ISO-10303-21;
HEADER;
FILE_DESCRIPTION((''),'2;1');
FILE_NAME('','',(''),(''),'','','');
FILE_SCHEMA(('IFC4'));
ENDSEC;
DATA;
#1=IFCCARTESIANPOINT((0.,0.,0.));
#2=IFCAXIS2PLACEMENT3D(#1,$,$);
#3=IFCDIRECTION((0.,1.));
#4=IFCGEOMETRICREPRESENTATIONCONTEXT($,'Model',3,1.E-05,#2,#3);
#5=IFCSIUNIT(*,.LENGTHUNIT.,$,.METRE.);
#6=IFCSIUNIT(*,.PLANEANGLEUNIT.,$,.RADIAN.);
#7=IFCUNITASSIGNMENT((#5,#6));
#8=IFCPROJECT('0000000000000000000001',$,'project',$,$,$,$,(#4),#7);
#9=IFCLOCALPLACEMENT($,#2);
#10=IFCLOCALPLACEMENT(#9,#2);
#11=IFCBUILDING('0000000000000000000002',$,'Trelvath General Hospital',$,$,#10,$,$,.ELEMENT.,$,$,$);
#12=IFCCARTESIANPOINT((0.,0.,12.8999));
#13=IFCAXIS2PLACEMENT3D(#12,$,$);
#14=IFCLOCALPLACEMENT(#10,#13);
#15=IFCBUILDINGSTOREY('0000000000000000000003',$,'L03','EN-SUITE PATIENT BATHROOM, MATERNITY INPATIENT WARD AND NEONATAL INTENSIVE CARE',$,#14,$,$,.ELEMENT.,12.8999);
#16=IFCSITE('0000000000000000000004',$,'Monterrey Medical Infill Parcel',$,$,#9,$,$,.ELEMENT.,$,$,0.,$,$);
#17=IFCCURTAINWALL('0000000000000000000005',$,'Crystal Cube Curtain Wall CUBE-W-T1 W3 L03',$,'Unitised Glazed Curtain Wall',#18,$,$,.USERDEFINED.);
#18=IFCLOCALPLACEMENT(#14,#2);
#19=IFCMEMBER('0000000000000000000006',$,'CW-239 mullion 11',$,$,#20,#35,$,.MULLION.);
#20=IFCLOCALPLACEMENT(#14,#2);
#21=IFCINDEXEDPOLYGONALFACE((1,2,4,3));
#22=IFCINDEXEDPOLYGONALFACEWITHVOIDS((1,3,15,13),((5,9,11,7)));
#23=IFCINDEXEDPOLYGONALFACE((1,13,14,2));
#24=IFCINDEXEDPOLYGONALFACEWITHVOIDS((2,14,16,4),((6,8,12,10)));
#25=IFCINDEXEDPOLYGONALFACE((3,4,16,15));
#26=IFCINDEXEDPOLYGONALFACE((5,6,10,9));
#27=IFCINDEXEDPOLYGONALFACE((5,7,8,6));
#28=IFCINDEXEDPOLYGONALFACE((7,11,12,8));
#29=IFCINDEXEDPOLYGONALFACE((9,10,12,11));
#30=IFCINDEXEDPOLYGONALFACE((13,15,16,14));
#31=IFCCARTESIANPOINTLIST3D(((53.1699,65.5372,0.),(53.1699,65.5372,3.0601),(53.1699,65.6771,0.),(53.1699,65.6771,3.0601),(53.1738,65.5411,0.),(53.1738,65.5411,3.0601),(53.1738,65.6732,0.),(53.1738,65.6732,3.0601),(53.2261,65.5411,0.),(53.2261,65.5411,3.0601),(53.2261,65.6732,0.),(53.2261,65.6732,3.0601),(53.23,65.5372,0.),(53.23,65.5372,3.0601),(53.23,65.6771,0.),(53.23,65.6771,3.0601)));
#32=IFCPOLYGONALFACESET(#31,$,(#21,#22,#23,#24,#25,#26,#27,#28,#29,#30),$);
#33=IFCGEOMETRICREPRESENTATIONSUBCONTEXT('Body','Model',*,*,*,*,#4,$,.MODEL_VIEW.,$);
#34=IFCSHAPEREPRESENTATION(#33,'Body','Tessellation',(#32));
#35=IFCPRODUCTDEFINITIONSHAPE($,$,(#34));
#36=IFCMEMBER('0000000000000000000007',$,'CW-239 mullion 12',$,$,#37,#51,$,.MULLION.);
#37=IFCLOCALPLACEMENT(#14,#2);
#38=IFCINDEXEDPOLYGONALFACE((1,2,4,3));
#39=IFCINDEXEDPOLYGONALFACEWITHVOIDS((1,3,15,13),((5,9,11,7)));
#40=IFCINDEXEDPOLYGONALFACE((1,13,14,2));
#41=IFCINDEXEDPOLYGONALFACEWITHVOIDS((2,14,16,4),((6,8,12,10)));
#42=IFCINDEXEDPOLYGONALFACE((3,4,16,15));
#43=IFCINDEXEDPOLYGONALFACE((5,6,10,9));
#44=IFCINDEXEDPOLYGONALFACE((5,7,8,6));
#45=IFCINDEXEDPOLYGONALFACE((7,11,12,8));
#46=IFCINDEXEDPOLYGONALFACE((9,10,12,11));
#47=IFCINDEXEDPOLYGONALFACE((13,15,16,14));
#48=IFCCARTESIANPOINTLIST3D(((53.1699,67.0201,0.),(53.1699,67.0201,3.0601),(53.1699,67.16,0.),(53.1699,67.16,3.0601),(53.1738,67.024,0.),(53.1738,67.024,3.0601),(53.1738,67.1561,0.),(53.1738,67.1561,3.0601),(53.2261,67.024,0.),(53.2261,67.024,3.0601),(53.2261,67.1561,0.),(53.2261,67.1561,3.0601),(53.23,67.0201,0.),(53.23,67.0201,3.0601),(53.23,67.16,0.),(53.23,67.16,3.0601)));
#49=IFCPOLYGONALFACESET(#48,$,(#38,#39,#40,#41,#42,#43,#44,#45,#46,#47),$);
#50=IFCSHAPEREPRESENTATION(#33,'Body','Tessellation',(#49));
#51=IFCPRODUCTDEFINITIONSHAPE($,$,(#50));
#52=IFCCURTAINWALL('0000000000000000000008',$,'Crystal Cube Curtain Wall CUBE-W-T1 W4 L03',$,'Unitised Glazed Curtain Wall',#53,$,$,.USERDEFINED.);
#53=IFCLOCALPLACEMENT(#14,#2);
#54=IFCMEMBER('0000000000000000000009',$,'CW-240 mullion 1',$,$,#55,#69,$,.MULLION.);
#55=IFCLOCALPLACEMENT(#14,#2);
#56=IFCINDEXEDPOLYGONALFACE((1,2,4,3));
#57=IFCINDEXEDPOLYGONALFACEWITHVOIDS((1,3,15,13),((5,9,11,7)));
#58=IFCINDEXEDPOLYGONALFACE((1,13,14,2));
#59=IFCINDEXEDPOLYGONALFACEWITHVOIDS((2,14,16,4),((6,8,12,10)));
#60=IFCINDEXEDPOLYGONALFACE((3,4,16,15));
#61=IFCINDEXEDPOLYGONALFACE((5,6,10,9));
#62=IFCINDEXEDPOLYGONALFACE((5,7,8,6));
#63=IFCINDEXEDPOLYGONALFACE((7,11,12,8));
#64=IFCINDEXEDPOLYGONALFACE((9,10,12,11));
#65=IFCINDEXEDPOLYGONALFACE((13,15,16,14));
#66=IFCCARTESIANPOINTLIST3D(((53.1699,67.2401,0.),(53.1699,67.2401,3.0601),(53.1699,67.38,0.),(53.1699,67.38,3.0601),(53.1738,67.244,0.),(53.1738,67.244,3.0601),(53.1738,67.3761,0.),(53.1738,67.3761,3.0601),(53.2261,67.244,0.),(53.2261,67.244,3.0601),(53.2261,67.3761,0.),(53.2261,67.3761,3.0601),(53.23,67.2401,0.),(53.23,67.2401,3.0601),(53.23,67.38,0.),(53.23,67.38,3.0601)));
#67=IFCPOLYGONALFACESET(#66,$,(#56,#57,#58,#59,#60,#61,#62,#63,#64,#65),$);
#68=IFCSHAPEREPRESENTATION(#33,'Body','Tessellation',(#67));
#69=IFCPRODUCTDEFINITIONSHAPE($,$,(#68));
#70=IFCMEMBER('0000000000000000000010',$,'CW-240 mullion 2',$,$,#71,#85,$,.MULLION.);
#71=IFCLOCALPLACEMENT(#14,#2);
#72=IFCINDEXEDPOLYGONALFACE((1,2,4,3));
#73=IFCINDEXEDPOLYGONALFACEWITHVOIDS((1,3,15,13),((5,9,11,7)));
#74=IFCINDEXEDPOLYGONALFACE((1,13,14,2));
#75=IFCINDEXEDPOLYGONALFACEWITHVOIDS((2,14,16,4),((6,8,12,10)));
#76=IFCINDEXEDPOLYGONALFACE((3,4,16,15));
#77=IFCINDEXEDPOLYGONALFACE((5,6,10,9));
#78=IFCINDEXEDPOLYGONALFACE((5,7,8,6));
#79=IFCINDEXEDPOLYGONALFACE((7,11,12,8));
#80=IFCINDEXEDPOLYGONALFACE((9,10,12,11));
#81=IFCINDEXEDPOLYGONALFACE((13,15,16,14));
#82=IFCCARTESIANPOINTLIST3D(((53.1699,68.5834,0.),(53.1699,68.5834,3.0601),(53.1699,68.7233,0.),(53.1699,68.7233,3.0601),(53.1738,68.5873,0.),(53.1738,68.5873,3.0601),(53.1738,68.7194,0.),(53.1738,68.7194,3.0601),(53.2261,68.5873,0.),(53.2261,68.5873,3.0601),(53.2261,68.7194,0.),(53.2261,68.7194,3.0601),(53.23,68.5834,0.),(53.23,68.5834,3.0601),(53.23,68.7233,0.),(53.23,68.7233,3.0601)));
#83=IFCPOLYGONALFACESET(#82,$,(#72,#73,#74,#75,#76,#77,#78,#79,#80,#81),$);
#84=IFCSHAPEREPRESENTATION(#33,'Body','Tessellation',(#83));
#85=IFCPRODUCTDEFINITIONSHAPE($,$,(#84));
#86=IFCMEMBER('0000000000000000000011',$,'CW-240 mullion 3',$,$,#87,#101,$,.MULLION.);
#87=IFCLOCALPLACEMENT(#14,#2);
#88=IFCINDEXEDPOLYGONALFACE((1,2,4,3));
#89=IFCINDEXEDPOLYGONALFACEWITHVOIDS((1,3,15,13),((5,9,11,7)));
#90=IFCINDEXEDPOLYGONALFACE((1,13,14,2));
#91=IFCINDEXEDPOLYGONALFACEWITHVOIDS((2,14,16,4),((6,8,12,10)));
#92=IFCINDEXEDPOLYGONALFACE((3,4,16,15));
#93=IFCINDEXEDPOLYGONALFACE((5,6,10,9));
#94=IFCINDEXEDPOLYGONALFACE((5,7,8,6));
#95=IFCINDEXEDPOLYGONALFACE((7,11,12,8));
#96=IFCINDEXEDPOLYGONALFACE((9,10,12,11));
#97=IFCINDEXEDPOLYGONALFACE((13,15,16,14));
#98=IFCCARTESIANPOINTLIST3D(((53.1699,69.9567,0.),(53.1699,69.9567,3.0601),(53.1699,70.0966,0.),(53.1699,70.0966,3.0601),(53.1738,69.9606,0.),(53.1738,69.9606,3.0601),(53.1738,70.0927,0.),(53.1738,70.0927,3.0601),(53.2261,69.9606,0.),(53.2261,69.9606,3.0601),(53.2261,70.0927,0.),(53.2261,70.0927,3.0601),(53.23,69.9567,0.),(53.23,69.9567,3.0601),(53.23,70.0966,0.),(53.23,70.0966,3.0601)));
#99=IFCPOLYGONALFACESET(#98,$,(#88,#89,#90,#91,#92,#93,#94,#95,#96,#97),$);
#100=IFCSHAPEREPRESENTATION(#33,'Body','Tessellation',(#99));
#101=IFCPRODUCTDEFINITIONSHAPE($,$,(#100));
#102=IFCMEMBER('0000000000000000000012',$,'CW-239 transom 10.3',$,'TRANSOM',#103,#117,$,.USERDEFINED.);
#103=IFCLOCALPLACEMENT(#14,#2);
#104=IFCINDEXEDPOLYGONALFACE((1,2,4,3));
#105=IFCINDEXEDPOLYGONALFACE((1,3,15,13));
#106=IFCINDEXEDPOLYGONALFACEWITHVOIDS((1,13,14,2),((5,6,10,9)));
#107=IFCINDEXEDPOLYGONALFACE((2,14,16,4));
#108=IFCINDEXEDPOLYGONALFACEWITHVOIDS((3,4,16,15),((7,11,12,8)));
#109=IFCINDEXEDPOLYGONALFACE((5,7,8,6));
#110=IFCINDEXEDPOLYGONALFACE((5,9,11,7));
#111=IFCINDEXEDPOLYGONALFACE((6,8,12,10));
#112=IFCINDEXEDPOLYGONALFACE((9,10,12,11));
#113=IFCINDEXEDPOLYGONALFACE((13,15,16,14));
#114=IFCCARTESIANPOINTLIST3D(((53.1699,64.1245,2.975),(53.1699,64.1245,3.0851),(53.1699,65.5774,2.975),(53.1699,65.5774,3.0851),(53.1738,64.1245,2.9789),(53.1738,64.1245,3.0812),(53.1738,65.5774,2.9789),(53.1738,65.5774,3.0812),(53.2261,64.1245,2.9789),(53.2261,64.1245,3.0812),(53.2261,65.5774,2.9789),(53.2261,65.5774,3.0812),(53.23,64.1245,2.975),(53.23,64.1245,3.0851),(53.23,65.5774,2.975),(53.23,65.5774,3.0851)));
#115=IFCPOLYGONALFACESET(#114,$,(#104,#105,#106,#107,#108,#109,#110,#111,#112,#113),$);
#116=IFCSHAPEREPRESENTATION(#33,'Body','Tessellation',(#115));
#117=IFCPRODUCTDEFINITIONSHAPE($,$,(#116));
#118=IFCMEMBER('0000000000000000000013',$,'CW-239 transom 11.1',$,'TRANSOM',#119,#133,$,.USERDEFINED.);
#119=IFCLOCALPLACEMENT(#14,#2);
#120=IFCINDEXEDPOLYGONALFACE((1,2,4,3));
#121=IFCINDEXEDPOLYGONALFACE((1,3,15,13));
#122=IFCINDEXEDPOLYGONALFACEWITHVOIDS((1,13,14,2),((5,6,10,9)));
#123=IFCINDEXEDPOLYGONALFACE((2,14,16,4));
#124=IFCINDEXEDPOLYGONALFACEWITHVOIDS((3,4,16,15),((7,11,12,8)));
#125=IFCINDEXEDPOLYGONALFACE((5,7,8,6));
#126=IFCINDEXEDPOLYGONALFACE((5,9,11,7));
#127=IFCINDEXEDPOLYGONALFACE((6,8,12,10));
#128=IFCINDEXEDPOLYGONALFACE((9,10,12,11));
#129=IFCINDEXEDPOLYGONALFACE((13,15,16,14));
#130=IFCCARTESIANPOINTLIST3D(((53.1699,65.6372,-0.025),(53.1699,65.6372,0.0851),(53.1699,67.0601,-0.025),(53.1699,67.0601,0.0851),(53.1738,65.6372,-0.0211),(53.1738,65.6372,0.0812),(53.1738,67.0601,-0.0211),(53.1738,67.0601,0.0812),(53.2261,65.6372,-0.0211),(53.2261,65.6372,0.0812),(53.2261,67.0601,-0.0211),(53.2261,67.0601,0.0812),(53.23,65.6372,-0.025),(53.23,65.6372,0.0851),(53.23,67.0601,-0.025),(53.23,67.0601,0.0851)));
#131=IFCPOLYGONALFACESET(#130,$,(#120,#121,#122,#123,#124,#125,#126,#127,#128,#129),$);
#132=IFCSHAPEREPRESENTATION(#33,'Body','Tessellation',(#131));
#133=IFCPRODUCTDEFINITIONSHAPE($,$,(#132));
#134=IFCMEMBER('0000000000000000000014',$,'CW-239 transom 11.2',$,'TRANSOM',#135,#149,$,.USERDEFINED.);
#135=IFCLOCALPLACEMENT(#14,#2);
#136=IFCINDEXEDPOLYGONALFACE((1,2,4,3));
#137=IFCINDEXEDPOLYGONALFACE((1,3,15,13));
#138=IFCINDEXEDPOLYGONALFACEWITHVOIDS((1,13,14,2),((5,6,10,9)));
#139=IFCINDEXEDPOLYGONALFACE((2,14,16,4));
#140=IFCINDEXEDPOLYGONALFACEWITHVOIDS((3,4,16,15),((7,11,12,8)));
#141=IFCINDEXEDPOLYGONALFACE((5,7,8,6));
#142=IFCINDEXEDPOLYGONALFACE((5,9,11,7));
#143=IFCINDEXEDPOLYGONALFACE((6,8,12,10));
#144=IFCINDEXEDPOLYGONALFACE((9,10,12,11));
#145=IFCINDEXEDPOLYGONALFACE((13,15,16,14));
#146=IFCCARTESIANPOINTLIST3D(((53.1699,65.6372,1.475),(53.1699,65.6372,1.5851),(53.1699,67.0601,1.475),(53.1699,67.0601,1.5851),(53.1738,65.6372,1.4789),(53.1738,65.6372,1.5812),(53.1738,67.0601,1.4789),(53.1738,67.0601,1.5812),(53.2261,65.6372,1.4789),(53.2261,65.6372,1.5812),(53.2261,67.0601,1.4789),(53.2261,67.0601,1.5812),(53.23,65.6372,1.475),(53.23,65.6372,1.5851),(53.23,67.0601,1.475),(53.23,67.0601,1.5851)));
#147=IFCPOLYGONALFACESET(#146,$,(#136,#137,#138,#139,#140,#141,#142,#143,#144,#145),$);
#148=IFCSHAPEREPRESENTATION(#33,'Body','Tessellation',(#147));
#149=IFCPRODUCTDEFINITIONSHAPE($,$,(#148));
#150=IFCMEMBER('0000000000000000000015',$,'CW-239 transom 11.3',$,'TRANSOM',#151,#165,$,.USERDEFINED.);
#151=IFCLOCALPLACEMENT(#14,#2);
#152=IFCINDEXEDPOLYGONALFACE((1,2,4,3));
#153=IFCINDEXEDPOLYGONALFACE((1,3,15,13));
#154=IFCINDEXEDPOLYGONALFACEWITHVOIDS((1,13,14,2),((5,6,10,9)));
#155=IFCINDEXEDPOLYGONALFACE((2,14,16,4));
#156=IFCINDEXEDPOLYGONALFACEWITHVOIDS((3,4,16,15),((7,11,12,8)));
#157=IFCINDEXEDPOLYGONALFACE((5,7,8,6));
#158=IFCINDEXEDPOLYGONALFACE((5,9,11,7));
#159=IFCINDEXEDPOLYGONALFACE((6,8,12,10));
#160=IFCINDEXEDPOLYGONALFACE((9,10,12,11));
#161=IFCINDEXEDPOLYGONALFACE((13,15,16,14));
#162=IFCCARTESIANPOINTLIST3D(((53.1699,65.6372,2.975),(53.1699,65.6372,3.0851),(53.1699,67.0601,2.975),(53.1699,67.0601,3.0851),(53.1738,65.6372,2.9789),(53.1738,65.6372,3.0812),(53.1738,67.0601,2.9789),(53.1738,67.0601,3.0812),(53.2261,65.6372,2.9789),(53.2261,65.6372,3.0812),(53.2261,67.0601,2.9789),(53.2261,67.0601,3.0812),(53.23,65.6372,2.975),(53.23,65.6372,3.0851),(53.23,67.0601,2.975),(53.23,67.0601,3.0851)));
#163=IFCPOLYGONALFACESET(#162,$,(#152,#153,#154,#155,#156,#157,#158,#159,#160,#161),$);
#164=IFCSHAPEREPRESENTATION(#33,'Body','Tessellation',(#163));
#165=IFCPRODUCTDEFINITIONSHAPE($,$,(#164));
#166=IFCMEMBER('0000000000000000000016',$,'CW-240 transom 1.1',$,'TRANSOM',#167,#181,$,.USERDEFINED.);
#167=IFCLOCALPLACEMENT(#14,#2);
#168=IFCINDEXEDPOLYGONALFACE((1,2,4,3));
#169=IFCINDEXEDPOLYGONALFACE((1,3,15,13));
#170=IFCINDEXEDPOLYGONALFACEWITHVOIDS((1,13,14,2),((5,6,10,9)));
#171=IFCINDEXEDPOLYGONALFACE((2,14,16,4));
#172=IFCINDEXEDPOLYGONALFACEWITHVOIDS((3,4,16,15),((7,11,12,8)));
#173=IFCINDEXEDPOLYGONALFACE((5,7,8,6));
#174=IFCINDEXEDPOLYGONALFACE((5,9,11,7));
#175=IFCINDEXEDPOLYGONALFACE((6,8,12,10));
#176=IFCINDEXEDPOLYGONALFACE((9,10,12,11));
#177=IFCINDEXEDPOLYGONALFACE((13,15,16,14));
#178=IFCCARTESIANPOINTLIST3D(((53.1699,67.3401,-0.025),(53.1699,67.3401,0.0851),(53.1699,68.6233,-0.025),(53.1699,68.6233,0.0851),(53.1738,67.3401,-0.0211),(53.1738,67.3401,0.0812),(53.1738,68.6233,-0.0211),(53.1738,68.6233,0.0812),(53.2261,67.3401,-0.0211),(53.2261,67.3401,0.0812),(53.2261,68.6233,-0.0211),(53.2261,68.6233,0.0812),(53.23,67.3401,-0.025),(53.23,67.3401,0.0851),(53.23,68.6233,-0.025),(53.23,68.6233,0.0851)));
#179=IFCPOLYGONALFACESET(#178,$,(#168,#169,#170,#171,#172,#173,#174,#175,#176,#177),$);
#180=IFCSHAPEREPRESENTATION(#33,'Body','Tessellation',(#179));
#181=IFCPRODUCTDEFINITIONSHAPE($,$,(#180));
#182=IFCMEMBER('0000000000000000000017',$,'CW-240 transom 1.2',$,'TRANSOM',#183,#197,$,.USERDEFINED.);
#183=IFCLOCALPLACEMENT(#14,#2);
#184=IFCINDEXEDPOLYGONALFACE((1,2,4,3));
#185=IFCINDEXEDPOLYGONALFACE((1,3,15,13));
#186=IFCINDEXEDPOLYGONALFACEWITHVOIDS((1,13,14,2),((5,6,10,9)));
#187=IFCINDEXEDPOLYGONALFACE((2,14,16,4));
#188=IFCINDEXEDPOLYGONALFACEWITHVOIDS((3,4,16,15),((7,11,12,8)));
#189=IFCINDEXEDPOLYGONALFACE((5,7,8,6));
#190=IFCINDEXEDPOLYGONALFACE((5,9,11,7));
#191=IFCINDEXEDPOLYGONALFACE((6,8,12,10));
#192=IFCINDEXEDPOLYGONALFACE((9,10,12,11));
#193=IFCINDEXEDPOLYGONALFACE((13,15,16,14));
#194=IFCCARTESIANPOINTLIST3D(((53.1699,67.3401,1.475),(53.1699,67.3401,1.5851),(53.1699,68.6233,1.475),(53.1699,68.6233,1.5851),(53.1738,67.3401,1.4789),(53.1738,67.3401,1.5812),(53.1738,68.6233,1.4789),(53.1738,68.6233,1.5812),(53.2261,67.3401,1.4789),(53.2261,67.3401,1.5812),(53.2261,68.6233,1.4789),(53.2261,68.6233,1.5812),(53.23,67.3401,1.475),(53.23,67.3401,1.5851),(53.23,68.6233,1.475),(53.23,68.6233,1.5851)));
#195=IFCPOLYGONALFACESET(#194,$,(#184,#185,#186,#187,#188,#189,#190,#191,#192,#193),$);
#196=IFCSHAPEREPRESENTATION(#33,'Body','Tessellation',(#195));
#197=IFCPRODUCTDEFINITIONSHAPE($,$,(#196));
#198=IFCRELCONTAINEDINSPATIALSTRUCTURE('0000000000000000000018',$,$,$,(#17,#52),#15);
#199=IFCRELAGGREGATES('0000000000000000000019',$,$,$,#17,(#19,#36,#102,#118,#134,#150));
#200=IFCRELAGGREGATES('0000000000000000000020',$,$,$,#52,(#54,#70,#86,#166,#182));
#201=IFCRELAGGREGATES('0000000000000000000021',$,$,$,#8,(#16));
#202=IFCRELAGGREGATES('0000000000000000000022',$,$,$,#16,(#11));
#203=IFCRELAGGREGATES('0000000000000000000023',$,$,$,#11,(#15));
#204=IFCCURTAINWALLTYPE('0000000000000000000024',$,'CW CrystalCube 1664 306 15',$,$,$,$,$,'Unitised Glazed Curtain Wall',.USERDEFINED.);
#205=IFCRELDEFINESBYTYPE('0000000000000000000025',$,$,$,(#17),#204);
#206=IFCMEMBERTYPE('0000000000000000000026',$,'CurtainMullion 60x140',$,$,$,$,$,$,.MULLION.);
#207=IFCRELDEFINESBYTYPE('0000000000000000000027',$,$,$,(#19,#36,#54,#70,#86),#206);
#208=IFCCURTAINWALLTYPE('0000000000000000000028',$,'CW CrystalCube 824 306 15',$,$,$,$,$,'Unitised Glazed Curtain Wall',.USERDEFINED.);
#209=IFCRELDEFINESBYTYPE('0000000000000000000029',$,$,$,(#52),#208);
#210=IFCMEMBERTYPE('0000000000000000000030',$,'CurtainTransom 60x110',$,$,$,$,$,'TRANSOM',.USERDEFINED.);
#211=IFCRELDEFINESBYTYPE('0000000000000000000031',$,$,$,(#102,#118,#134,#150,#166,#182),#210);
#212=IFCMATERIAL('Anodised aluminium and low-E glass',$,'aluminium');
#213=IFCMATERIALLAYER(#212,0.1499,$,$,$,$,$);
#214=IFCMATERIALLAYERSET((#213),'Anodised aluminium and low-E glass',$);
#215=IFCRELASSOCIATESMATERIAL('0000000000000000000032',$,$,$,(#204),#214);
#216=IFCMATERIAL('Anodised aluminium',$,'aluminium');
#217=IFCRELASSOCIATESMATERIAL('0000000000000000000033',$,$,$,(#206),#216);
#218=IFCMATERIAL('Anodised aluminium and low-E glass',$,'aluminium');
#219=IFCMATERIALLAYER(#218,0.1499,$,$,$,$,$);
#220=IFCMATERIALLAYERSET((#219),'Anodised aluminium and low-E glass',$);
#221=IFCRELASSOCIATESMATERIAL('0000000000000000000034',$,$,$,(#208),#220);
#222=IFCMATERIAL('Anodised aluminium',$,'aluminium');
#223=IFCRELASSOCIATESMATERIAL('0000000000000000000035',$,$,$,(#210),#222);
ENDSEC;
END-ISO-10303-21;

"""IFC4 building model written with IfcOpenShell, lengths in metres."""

from ifc_helpers import new_model, si_unit, direction, frame, origin, origin_2d, place, context, subcontext, project, spatial, hollow_rectangle, extrude, material, layer, layer_set, material_profile, profile_set, type_object, element, aggregate, save


model = new_model("IFC4")

# Units and contexts
model_context = context("Model", 3, precision=1e-05, world=origin(), true_north=direction((0.0, 1.0)))
body_context = subcontext(model_context, "Body", "Model", "MODEL_VIEW")
ifc_project = project(units=[si_unit("LENGTHUNIT", "METRE"), si_unit("PLANEANGLEUNIT", "RADIAN")], contexts=[model_context])

# Site, building, storey
site_placement = place(None, origin())
site = spatial("IfcSite", under=ifc_project, at=site_placement, Name="Monterrey Medical Infill Parcel", CompositionType="ELEMENT", RefElevation=0.0)
building_placement = place(site_placement, origin())
building = spatial("IfcBuilding", under=site, at=building_placement, Name="Trelvath General Hospital", CompositionType="ELEMENT")
storey_placement = place(building_placement, frame((0.0, 0.0, 12.8999)))
storey = spatial("IfcBuildingStorey", under=building, at=storey_placement, Name="L03", Description="EN-SUITE PATIENT BATHROOM, MATERNITY INPATIENT WARD AND NEONATAL INTENSIVE CARE", CompositionType="ELEMENT", Elevation=12.8999)

# Curtain walls, members
ifc_material_1 = material(Name="Anodised aluminium and low-E glass", Category="aluminium")
ifc_layer_1 = layer(ifc_material_1, 0.1499)
ifc_layer_set_1 = layer_set([ifc_layer_1], Name="Anodised aluminium and low-E glass")
curtain_wall_type_1 = type_object("IfcCurtainWallType", Name="CW CrystalCube 1664 306 15", ElementType="Unitised Glazed Curtain Wall", PredefinedType="USERDEFINED", material=ifc_layer_set_1)
curtain_wall_1_placement = place(storey_placement, origin())
curtain_wall_1 = element("IfcCurtainWall", 1, at=curtain_wall_1_placement, inside=storey, type_object=curtain_wall_type_1, Name="Crystal Cube Curtain Wall CUBE-W-T1 W3 L03", ObjectType="Unitised Glazed Curtain Wall", PredefinedType="USERDEFINED")
ifc_material_2 = material(Name="Anodised aluminium", Category="aluminium")
ifc_material_profile_1 = material_profile(ifc_material_2, hollow_rectangle(XDim=0.0601, YDim=0.1399, WallThickness=0.0039, at=origin_2d()), Name="RHS60x140x4")
ifc_profile_set_1 = profile_set([ifc_material_profile_1], Name="Anodised aluminium")
member_type_1 = type_object("IfcMemberType", Name="CurtainMullion 60x140", PredefinedType="MULLION", material=ifc_profile_set_1)
member_1_placement = place(storey_placement, frame((53.2, 65.6072, 0.0), z_axis=(0.0, 0.0, 1.0), x_axis=(-1.0, 0.0, 0.0)))
member_1 = element("IfcMember", 2, at=member_1_placement, type_object=member_type_1, Name="CW-239 mullion 11", PredefinedType="MULLION", context=body_context, shape_type="SweptSolid", body=[
    extrude(hollow_rectangle(XDim=0.0601, YDim=0.1399, WallThickness=0.0039, at=origin_2d()), origin(), (0.0, 0.0, 1.0), 3.0601),
])
member_2_placement = place(storey_placement, frame((53.2, 67.0901, 0.0), z_axis=(0.0, 0.0, 1.0), x_axis=(-1.0, 0.0, 0.0)))
member_2 = element("IfcMember", 3, at=member_2_placement, type_object=member_type_1, Name="CW-239 mullion 12", PredefinedType="MULLION", context=body_context, shape_type="SweptSolid", body=[
    extrude(hollow_rectangle(XDim=0.0601, YDim=0.1399, WallThickness=0.0039, at=origin_2d()), origin(), (0.0, 0.0, 1.0), 3.0601),
])
ifc_material_3 = material(Name="Anodised aluminium and low-E glass", Category="aluminium")
ifc_layer_2 = layer(ifc_material_3, 0.1499)
ifc_layer_set_2 = layer_set([ifc_layer_2], Name="Anodised aluminium and low-E glass")
curtain_wall_type_2 = type_object("IfcCurtainWallType", Name="CW CrystalCube 824 306 15", ElementType="Unitised Glazed Curtain Wall", PredefinedType="USERDEFINED", material=ifc_layer_set_2)
curtain_wall_2_placement = place(storey_placement, origin())
curtain_wall_2 = element("IfcCurtainWall", 4, at=curtain_wall_2_placement, inside=storey, type_object=curtain_wall_type_2, Name="Crystal Cube Curtain Wall CUBE-W-T1 W4 L03", ObjectType="Unitised Glazed Curtain Wall", PredefinedType="USERDEFINED")
member_3_placement = place(storey_placement, frame((53.2, 67.3101, 0.0), z_axis=(0.0, 0.0, 1.0), x_axis=(-1.0, 0.0, 0.0)))
member_3 = element("IfcMember", 5, at=member_3_placement, type_object=member_type_1, Name="CW-240 mullion 1", PredefinedType="MULLION", context=body_context, shape_type="SweptSolid", body=[
    extrude(hollow_rectangle(XDim=0.0601, YDim=0.1399, WallThickness=0.0039, at=origin_2d()), origin(), (0.0, 0.0, 1.0), 3.0601),
])
member_4_placement = place(storey_placement, frame((53.2, 68.6533, 0.0), z_axis=(0.0, 0.0, 1.0), x_axis=(-1.0, 0.0, 0.0)))
member_4 = element("IfcMember", 6, at=member_4_placement, type_object=member_type_1, Name="CW-240 mullion 2", PredefinedType="MULLION", context=body_context, shape_type="SweptSolid", body=[
    extrude(hollow_rectangle(XDim=0.0601, YDim=0.1399, WallThickness=0.0039, at=origin_2d()), origin(), (0.0, 0.0, 1.0), 3.0601),
])
member_5_placement = place(storey_placement, frame((53.2, 70.0266, 0.0), z_axis=(0.0, 0.0, 1.0), x_axis=(-1.0, 0.0, 0.0)))
member_5 = element("IfcMember", 7, at=member_5_placement, type_object=member_type_1, Name="CW-240 mullion 3", PredefinedType="MULLION", context=body_context, shape_type="SweptSolid", body=[
    extrude(hollow_rectangle(XDim=0.0601, YDim=0.1399, WallThickness=0.0039, at=origin_2d()), origin(), (0.0, 0.0, 1.0), 3.0601),
])

# Members
ifc_material_4 = material(Name="Anodised aluminium", Category="aluminium")
ifc_material_profile_2 = material_profile(ifc_material_4, hollow_rectangle(XDim=0.0601, YDim=0.1101, WallThickness=0.0039, at=origin_2d()), Name="RHS60x110x4")
ifc_profile_set_2 = profile_set([ifc_material_profile_2], Name="Anodised aluminium")
member_type_2 = type_object("IfcMemberType", Name="CurtainTransom 60x110", ElementType="TRANSOM", PredefinedType="USERDEFINED", material=ifc_profile_set_2)
member_6_placement = place(storey_placement, frame((53.2, 64.1245, 3.03), z_axis=(0.0, 1.0, 0.0), x_axis=(-1.0, 0.0, 0.0)))
member_6 = element("IfcMember", 8, at=member_6_placement, type_object=member_type_2, Name="CW-239 transom 10.3", ObjectType="TRANSOM", PredefinedType="USERDEFINED", context=body_context, shape_type="SweptSolid", body=[
    extrude(hollow_rectangle(XDim=0.0601, YDim=0.1101, WallThickness=0.0039, at=origin_2d()), origin(), (0.0, 0.0, 1.0), 1.4529),
])
member_7_placement = place(storey_placement, frame((53.2, 65.6372, 0.03), z_axis=(0.0, 1.0, 0.0), x_axis=(-1.0, 0.0, 0.0)))
member_7 = element("IfcMember", 9, at=member_7_placement, type_object=member_type_2, Name="CW-239 transom 11.1", ObjectType="TRANSOM", PredefinedType="USERDEFINED", context=body_context, shape_type="SweptSolid", body=[
    extrude(hollow_rectangle(XDim=0.0601, YDim=0.1101, WallThickness=0.0039, at=origin_2d()), origin(), (0.0, 0.0, 1.0), 1.4229),
])
member_8_placement = place(storey_placement, frame((53.2, 65.6372, 1.53), z_axis=(0.0, 1.0, 0.0), x_axis=(-1.0, 0.0, 0.0)))
member_8 = element("IfcMember", 10, at=member_8_placement, type_object=member_type_2, Name="CW-239 transom 11.2", ObjectType="TRANSOM", PredefinedType="USERDEFINED", context=body_context, shape_type="SweptSolid", body=[
    extrude(hollow_rectangle(XDim=0.0601, YDim=0.1101, WallThickness=0.0039, at=origin_2d()), origin(), (0.0, 0.0, 1.0), 1.4229),
])
member_9_placement = place(storey_placement, frame((53.2, 65.6372, 3.03), z_axis=(0.0, 1.0, 0.0), x_axis=(-1.0, 0.0, 0.0)))
member_9 = element("IfcMember", 11, at=member_9_placement, type_object=member_type_2, Name="CW-239 transom 11.3", ObjectType="TRANSOM", PredefinedType="USERDEFINED", context=body_context, shape_type="SweptSolid", body=[
    extrude(hollow_rectangle(XDim=0.0601, YDim=0.1101, WallThickness=0.0039, at=origin_2d()), origin(), (0.0, 0.0, 1.0), 1.4229),
])
member_10_placement = place(storey_placement, frame((53.2, 67.3401, 0.03), z_axis=(0.0, 1.0, 0.0), x_axis=(-1.0, 0.0, 0.0)))
member_10 = element("IfcMember", 12, at=member_10_placement, type_object=member_type_2, Name="CW-240 transom 1.1", ObjectType="TRANSOM", PredefinedType="USERDEFINED", context=body_context, shape_type="SweptSolid", body=[
    extrude(hollow_rectangle(XDim=0.0601, YDim=0.1101, WallThickness=0.0039, at=origin_2d()), origin(), (0.0, 0.0, 1.0), 1.2832),
])
member_11_placement = place(storey_placement, frame((53.2, 67.3401, 1.53), z_axis=(0.0, 1.0, 0.0), x_axis=(-1.0, 0.0, 0.0)))
member_11 = element("IfcMember", 13, at=member_11_placement, type_object=member_type_2, Name="CW-240 transom 1.2", ObjectType="TRANSOM", PredefinedType="USERDEFINED", context=body_context, shape_type="SweptSolid", body=[
    extrude(hollow_rectangle(XDim=0.0601, YDim=0.1101, WallThickness=0.0039, at=origin_2d()), origin(), (0.0, 0.0, 1.0), 1.2832),
])

aggregate(curtain_wall_1, [member_1, member_2, member_6, member_7, member_8, member_9])
aggregate(curtain_wall_2, [member_3, member_4, member_5, member_10, member_11])

save(model, "model.ifc")
